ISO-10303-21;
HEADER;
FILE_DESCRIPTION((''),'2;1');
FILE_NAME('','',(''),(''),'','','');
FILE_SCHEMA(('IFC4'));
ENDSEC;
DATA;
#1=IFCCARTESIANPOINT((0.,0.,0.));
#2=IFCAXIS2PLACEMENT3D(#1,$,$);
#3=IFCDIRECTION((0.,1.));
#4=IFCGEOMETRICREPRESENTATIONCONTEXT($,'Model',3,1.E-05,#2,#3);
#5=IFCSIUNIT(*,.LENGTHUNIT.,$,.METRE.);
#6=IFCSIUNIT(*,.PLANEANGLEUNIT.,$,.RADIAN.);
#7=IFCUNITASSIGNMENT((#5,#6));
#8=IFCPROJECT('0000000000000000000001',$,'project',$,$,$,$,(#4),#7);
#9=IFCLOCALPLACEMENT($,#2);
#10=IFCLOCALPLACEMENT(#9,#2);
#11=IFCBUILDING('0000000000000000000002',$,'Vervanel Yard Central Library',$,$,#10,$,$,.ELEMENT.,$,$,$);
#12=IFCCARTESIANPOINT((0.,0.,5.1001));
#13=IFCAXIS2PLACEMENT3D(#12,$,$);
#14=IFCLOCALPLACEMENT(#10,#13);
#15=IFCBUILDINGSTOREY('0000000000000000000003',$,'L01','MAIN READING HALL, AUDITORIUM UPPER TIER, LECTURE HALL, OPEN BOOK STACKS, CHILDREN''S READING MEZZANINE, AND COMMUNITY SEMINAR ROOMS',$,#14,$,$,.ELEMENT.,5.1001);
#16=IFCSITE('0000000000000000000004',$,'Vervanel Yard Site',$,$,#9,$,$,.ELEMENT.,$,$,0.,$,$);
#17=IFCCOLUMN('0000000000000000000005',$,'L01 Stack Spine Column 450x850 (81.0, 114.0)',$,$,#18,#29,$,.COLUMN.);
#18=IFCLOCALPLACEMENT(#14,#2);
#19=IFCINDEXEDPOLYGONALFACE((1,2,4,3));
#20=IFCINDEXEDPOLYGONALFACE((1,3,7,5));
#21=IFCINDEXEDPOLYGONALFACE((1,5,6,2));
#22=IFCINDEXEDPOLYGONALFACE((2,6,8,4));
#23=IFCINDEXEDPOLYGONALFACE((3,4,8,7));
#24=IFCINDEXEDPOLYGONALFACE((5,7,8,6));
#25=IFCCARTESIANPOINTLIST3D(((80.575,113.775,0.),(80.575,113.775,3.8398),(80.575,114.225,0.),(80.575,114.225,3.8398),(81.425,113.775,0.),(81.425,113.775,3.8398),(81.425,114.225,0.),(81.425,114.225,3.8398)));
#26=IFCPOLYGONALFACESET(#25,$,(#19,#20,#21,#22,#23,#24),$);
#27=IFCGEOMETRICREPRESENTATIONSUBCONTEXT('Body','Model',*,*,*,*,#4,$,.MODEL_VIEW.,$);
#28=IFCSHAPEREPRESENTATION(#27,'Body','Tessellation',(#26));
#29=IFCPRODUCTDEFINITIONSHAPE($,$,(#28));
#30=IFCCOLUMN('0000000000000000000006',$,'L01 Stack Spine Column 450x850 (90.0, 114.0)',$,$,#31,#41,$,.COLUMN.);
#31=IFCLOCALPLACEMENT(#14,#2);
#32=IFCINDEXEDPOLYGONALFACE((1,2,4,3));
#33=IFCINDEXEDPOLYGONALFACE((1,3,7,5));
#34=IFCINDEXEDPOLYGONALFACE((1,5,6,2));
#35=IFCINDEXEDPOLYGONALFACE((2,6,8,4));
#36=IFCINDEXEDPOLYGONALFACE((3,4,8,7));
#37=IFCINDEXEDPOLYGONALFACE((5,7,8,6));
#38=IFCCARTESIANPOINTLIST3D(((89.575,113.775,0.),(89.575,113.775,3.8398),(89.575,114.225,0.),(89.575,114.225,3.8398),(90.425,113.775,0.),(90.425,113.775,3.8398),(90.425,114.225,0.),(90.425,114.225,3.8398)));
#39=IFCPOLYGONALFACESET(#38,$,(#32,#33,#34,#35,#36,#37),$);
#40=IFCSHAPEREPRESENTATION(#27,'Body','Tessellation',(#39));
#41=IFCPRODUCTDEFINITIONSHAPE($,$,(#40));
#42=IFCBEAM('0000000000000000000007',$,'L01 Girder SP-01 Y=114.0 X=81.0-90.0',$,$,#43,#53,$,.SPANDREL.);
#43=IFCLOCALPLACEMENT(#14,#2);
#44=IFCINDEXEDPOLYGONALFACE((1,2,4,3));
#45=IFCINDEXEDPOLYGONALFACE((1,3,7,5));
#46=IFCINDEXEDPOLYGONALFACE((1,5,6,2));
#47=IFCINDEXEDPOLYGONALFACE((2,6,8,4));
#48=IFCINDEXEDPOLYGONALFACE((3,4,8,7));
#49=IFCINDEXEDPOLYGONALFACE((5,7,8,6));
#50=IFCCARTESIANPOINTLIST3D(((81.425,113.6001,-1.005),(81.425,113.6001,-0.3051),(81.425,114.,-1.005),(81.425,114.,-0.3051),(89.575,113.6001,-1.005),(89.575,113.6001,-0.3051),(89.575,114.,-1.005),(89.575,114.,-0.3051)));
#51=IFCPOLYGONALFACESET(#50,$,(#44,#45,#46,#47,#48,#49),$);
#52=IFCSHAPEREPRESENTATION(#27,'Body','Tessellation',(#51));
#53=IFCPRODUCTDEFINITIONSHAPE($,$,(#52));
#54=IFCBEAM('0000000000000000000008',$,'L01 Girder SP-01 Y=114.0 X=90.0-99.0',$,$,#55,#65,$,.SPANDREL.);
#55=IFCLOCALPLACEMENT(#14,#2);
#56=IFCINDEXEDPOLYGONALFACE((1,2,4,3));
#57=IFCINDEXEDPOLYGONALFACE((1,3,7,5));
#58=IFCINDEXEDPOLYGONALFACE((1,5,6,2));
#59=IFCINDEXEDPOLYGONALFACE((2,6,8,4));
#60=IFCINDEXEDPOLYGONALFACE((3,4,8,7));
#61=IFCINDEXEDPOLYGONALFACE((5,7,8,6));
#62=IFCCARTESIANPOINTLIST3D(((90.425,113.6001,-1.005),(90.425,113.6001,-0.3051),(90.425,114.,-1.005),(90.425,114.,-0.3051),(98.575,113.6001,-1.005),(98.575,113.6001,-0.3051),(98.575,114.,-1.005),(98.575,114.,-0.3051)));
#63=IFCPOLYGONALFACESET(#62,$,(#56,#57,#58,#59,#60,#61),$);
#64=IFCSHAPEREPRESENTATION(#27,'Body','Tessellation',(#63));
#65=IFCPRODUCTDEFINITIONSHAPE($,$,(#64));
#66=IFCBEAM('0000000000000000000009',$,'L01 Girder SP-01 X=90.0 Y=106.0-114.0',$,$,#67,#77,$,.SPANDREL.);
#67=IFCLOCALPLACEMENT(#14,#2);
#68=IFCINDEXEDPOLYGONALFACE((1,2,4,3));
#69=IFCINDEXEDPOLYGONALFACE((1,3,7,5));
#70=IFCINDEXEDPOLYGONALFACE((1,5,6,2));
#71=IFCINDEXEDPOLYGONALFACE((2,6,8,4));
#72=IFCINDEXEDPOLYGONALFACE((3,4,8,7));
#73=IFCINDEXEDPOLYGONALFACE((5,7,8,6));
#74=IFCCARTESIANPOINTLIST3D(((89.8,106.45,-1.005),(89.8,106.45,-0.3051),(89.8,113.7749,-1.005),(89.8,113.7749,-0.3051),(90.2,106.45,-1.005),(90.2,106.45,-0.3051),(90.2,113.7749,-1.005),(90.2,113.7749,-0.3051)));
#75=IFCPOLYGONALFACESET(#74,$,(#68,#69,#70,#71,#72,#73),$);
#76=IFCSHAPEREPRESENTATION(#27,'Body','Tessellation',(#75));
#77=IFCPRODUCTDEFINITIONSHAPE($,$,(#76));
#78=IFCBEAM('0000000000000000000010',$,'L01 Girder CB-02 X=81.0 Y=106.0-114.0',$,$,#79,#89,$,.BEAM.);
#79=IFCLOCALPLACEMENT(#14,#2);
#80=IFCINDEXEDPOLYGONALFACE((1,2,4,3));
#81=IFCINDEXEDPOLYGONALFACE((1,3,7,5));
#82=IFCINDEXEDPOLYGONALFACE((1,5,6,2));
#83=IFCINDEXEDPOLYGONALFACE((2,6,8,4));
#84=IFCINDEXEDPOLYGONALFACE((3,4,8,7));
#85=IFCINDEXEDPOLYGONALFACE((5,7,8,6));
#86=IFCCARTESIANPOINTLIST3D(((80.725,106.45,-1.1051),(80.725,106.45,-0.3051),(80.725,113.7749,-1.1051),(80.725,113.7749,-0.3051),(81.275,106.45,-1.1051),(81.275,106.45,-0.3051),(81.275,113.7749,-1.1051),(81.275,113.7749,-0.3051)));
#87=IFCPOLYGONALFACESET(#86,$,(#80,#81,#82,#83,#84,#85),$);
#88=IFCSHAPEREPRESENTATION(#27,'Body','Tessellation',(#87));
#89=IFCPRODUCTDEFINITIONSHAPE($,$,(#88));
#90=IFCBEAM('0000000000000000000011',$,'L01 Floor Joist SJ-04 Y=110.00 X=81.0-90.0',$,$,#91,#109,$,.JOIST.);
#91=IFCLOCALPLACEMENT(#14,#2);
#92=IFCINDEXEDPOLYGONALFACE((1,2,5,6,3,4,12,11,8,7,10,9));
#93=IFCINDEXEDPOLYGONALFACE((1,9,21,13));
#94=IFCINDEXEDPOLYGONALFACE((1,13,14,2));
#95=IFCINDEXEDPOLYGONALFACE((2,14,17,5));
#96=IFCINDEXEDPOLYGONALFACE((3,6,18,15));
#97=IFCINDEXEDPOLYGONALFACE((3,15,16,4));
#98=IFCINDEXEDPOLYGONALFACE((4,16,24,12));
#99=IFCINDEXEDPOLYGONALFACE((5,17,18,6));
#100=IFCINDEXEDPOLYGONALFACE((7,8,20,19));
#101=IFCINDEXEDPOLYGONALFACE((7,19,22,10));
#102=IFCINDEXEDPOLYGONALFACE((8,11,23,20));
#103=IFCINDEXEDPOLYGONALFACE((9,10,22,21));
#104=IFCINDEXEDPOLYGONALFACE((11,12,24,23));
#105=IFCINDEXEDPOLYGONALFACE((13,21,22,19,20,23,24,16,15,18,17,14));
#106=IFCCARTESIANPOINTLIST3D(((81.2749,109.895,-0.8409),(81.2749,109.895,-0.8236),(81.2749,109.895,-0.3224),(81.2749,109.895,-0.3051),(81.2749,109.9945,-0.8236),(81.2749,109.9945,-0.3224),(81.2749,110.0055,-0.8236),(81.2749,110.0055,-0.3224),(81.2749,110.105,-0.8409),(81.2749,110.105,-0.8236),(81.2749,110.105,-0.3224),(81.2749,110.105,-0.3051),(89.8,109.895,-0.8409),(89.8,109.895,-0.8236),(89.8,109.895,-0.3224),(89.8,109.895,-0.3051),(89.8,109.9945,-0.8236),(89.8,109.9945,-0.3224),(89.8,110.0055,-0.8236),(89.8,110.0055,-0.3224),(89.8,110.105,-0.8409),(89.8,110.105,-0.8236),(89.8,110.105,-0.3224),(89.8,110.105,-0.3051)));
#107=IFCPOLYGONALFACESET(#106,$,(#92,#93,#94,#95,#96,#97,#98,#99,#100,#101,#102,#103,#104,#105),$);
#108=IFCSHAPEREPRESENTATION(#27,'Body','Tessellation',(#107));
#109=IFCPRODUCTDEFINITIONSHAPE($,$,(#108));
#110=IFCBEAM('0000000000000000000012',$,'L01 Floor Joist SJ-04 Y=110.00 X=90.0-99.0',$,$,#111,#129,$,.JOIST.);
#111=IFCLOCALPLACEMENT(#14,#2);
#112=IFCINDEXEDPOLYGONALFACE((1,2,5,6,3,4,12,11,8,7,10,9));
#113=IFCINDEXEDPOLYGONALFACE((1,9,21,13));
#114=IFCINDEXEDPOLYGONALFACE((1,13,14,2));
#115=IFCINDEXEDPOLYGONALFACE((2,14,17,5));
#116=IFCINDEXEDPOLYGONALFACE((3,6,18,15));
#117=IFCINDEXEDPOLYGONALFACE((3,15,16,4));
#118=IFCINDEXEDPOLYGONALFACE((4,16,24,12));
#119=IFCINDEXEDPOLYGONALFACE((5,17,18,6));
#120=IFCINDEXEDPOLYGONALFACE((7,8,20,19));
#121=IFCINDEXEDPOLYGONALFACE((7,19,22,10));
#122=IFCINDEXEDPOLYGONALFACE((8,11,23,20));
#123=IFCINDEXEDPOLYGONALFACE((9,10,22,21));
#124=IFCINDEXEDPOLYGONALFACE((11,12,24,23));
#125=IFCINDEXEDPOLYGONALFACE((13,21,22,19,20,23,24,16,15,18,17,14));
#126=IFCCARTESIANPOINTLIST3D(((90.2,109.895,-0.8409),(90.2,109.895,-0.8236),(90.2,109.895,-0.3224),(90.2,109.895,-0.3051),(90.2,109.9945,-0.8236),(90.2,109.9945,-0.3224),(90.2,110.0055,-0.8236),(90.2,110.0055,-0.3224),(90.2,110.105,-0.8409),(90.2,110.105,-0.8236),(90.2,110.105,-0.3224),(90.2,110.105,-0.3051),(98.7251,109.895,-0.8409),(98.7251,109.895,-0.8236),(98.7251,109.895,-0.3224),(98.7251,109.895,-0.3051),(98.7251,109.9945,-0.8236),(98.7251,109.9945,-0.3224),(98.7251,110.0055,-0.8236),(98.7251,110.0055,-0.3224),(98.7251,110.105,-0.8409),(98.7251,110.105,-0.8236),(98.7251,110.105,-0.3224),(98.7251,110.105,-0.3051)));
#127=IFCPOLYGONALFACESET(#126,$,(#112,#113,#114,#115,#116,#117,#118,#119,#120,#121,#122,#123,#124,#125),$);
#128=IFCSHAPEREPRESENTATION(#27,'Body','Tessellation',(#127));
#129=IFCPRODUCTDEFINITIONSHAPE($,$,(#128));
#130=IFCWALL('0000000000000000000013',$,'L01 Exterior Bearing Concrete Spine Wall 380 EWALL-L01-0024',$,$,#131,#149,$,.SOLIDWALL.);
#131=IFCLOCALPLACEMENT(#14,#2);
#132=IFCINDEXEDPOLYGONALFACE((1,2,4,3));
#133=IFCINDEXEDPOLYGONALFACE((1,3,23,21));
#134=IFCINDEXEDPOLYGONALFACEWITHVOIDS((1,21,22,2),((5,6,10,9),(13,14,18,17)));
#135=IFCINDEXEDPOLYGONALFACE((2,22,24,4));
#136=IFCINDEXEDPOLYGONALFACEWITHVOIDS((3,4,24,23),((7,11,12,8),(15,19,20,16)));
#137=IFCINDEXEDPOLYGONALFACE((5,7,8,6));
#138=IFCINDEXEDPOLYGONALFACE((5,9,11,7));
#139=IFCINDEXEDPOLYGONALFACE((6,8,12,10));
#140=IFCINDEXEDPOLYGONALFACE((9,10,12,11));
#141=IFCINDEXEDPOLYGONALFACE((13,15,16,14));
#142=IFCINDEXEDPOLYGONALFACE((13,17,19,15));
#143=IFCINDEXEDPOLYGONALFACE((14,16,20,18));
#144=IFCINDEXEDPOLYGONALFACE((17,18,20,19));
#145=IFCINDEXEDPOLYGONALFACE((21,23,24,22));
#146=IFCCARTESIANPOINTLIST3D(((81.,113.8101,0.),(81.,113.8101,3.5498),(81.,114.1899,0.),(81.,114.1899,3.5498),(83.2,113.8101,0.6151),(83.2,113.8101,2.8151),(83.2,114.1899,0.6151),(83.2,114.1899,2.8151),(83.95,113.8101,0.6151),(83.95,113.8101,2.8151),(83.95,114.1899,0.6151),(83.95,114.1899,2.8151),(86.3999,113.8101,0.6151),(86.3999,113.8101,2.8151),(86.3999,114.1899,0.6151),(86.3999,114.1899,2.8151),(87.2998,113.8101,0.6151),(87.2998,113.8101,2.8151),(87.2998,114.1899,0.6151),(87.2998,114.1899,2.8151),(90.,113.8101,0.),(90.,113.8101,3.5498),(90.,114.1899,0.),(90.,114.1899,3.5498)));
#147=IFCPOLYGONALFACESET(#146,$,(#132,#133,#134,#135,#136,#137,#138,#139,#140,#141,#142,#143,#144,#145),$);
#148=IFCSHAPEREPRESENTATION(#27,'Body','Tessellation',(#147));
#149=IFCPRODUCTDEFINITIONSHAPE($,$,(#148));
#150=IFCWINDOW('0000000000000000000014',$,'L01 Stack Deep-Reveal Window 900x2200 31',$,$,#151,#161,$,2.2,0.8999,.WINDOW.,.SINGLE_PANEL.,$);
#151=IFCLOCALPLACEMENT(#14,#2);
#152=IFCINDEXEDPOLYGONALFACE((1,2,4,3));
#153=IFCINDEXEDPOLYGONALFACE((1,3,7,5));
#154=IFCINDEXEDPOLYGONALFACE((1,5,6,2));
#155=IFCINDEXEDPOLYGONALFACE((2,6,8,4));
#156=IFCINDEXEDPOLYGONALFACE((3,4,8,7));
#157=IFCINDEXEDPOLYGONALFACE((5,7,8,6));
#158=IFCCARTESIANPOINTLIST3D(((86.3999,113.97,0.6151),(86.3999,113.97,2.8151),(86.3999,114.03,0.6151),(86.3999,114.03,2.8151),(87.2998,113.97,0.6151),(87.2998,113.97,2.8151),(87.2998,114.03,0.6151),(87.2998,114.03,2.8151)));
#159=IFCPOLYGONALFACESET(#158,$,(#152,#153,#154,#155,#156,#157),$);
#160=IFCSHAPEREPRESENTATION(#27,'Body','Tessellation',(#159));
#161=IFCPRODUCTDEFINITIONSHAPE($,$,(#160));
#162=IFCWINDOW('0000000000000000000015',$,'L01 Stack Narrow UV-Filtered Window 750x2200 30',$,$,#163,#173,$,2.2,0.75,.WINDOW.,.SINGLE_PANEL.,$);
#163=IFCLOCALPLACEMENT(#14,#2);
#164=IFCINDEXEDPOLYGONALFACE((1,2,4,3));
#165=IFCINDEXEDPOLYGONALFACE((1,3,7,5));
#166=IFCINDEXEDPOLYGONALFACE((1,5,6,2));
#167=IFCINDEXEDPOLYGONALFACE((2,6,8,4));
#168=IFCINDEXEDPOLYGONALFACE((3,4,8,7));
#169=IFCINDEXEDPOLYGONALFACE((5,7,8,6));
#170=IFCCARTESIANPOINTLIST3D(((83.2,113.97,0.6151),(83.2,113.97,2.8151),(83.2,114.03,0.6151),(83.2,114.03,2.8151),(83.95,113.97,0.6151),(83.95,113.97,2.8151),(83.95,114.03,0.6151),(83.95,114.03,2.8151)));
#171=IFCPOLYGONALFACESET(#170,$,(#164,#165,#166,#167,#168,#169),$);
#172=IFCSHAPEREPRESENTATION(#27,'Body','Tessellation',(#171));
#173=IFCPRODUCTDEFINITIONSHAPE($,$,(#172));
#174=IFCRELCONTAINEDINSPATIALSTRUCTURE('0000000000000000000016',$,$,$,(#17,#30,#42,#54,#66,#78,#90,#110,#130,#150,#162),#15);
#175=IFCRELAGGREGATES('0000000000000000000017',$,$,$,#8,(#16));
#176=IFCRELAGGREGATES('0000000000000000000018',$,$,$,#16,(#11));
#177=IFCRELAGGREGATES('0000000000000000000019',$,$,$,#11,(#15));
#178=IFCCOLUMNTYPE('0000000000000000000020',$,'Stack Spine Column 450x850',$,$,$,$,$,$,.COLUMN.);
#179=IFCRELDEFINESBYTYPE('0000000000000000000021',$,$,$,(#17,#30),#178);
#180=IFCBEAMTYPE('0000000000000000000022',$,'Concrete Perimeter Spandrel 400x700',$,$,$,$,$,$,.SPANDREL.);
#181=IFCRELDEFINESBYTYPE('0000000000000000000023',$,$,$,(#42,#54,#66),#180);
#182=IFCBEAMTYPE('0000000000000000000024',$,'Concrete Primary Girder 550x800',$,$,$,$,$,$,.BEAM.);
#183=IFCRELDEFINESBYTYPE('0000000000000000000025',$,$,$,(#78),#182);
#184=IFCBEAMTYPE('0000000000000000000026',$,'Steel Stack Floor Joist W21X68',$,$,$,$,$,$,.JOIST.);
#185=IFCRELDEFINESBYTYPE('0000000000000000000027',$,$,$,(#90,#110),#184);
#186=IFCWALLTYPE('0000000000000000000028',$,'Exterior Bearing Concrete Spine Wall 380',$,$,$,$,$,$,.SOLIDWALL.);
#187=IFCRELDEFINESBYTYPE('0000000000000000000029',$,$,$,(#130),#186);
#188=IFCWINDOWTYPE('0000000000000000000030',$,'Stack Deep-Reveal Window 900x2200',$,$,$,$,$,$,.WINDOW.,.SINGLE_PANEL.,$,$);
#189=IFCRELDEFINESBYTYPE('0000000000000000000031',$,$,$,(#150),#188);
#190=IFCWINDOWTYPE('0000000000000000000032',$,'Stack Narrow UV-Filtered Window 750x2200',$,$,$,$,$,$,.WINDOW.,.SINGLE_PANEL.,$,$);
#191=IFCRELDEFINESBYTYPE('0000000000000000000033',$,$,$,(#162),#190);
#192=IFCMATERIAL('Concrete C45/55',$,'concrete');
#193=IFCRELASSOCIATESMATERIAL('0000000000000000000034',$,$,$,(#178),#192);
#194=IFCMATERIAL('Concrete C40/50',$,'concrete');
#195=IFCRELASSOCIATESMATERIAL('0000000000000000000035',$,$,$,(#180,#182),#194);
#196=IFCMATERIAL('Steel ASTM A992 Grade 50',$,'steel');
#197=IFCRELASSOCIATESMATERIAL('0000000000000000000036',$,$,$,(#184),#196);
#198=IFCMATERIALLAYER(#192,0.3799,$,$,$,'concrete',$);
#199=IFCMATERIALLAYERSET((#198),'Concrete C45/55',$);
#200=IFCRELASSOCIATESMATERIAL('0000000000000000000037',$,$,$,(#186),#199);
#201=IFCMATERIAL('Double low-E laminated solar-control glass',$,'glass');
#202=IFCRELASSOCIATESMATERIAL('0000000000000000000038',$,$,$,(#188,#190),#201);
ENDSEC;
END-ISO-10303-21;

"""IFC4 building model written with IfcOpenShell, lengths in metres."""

from ifc_helpers import new_model, si_unit, direction, frame, frame_2d, origin, origin_2d, place, context, subcontext, project, spatial, rectangle, i_section, extrude, material, layer, layer_set, material_profile, profile_set, type_object, element, fill, save


model = new_model("IFC4")

# Units and contexts
model_context = context("Model", 3, precision=1e-05, world=origin(), true_north=direction((0.0, 1.0)))
body_context = subcontext(model_context, "Body", "Model", "MODEL_VIEW")
ifc_project = project(units=[si_unit("LENGTHUNIT", "METRE"), si_unit("PLANEANGLEUNIT", "RADIAN")], contexts=[model_context])

# Site, building, storey
site_placement = place(None, origin())
site = spatial("IfcSite", under=ifc_project, at=site_placement, Name="Vervanel Yard Site", CompositionType="ELEMENT", RefElevation=0.0)
building_placement = place(site_placement, origin())
building = spatial("IfcBuilding", under=site, at=building_placement, Name="Vervanel Yard Central Library", CompositionType="ELEMENT")
storey_placement = place(building_placement, frame((0.0, 0.0, 5.1001)))
storey = spatial("IfcBuildingStorey", under=building, at=storey_placement, Name="L01", Description="MAIN READING HALL, AUDITORIUM UPPER TIER, LECTURE HALL, OPEN BOOK STACKS, CHILDREN'S READING MEZZANINE, AND COMMUNITY SEMINAR ROOMS", CompositionType="ELEMENT", Elevation=5.1001)

# Columns
ifc_material_1 = material(Name="Concrete C45/55", Category="concrete")
ifc_material_profile_1 = material_profile(ifc_material_1, rectangle(XDim=0.45, YDim=0.8501, at=origin_2d()), Name="RC 450x850", Category="concrete")
ifc_profile_set_1 = profile_set([ifc_material_profile_1], Name="Concrete C45/55")
column_type = type_object("IfcColumnType", Name="Stack Spine Column 450x850", PredefinedType="COLUMN", material=ifc_profile_set_1)
for number, where, z_axis, x_axis, name in (
    (1, (81.0, 114.0, 0.0), (0.0, 0.0, 1.0), (0.0, 1.0, 0.0), "L01 Stack Spine Column 450x850 (81.0, 114.0)"),
    (2, (90.0, 114.0, 0.0), (0.0, 0.0, 1.0), (0.0, 1.0, 0.0), "L01 Stack Spine Column 450x850 (90.0, 114.0)"),
):
    element("IfcColumn", number, at=place(storey_placement, frame(where, z_axis=z_axis, x_axis=x_axis)), inside=storey, type_object=column_type, Name=name, PredefinedType="COLUMN", context=body_context, shape_type="SweptSolid", body=[
        extrude(rectangle(XDim=0.45, YDim=0.8501, at=origin_2d()), origin(), (0.0, 0.0, 1.0), 3.8398),
    ])

# Beams
ifc_material_2 = material(Name="Concrete C40/50", Category="concrete")
ifc_material_profile_2 = material_profile(ifc_material_2, rectangle(XDim=0.3999, YDim=0.7, at=origin_2d()), Name="RC 400x700", Category="concrete")
ifc_profile_set_2 = profile_set([ifc_material_profile_2], Name="Concrete C40/50")
beam_type_1 = type_object("IfcBeamType", Name="Concrete Perimeter Spandrel 400x700", PredefinedType="SPANDREL", material=ifc_profile_set_2)
for number, where, z_axis, x_axis, name in (
    (3, (81.425, 113.8, -0.655), (1.0, 0.0, 0.0), (0.0, 1.0, 0.0), "L01 Girder SP-01 Y=114.0 X=81.0-90.0"),
    (4, (90.425, 113.8, -0.655), (1.0, 0.0, 0.0), (0.0, 1.0, 0.0), "L01 Girder SP-01 Y=114.0 X=90.0-99.0"),
):
    element("IfcBeam", number, at=place(storey_placement, frame(where, z_axis=z_axis, x_axis=x_axis)), inside=storey, type_object=beam_type_1, Name=name, PredefinedType="SPANDREL", context=body_context, shape_type="SweptSolid", body=[
        extrude(rectangle(XDim=0.3999, YDim=0.7, at=origin_2d()), origin(), (0.0, 0.0, 1.0), 8.1499),
    ])
beam_1_placement = place(storey_placement, frame((90.0, 106.45, -0.655), z_axis=(0.0, 1.0, 0.0), x_axis=(-1.0, 0.0, 0.0)))
element("IfcBeam", 5, at=beam_1_placement, inside=storey, type_object=beam_type_1, Name="L01 Girder SP-01 X=90.0 Y=106.0-114.0", PredefinedType="SPANDREL", context=body_context, shape_type="SweptSolid", body=[
    extrude(rectangle(XDim=0.3999, YDim=0.7, at=origin_2d()), origin(), (0.0, 0.0, 1.0), 7.325),
])
ifc_material_profile_3 = material_profile(ifc_material_2, rectangle(XDim=0.55, YDim=0.8, at=origin_2d()), Name="RC 550x800", Category="concrete")
ifc_profile_set_3 = profile_set([ifc_material_profile_3], Name="Concrete C40/50")
beam_type_2 = type_object("IfcBeamType", Name="Concrete Primary Girder 550x800", PredefinedType="BEAM", material=ifc_profile_set_3)
beam_2_placement = place(storey_placement, frame((81.0, 106.45, -0.7051), z_axis=(0.0, 1.0, 0.0), x_axis=(-1.0, 0.0, 0.0)))
element("IfcBeam", 6, at=beam_2_placement, inside=storey, type_object=beam_type_2, Name="L01 Girder CB-02 X=81.0 Y=106.0-114.0", PredefinedType="BEAM", context=body_context, shape_type="SweptSolid", body=[
    extrude(rectangle(XDim=0.55, YDim=0.8, at=origin_2d()), origin(), (0.0, 0.0, 1.0), 7.325),
])
ifc_material_3 = material(Name="Steel ASTM A992 Grade 50", Category="steel")
ifc_material_profile_4 = material_profile(ifc_material_3, i_section(OverallWidth=0.21, OverallDepth=0.5359, WebThickness=0.011, FlangeThickness=0.0173, at=origin_2d()), Name="W21X68", Category="steel")
ifc_profile_set_4 = profile_set([ifc_material_profile_4], Name="Steel ASTM A992 Grade 50")
beam_type_3 = type_object("IfcBeamType", Name="Steel Stack Floor Joist W21X68", PredefinedType="JOIST", material=ifc_profile_set_4)
for number, where, z_axis, x_axis, name in (
    (7, (81.2749, 110.0, -0.573), (1.0, 0.0, 0.0), (0.0, 1.0, 0.0), "L01 Floor Joist SJ-04 Y=110.00 X=81.0-90.0"),
    (8, (90.2, 110.0, -0.573), (1.0, 0.0, 0.0), (0.0, 1.0, 0.0), "L01 Floor Joist SJ-04 Y=110.00 X=90.0-99.0"),
):
    element("IfcBeam", number, at=place(storey_placement, frame(where, z_axis=z_axis, x_axis=x_axis)), inside=storey, type_object=beam_type_3, Name=name, PredefinedType="JOIST", context=body_context, shape_type="SweptSolid", body=[
        extrude(i_section(OverallWidth=0.21, OverallDepth=0.5359, WebThickness=0.011, FlangeThickness=0.0173, at=origin_2d()), origin(), (0.0, 0.0, 1.0), 8.5251),
    ])

# Wall, openings, windows
ifc_layer_1 = layer(ifc_material_1, 0.3799, Category="concrete")
ifc_layer_set_1 = layer_set([ifc_layer_1], Name="Concrete C45/55")
wall_type = type_object("IfcWallType", Name="Exterior Bearing Concrete Spine Wall 380", PredefinedType="SOLIDWALL", material=ifc_layer_set_1)
wall_1_placement = place(storey_placement, frame((81.0, 114.0, 0.0), z_axis=(0.0, 0.0, 1.0), x_axis=(1.0, 0.0, 0.0)))
wall_1 = element("IfcWall", 9, at=wall_1_placement, inside=storey, type_object=wall_type, Name="L01 Exterior Bearing Concrete Spine Wall 380 EWALL-L01-0024", PredefinedType="SOLIDWALL", context=body_context, shape_type="SweptSolid", body=[
    extrude(rectangle(XDim=9.0, YDim=0.3799, at=frame_2d((4.5, 0.0))), origin(), (0.0, 0.0, 1.0), 3.5498),
])
opening_1_placement = place(wall_1_placement, frame((2.2, 0.0, 0.615)))
opening_1 = element("IfcOpeningElement", 10, at=opening_1_placement, cuts=wall_1, PredefinedType="OPENING", context=body_context, shape_type="SweptSolid", body=[
    extrude(rectangle(XDim=0.75, YDim=2.2, at=frame_2d((0.375, 1.1001))), frame((0.0, 0.2, 0.0), z_axis=(0.0, -1.0, 0.0), x_axis=(1.0, 0.0, 0.0)), (0.0, 0.0, 1.0), 0.3999),
])
opening_2_placement = place(wall_1_placement, frame((5.3999, 0.0, 0.615)))
opening_2 = element("IfcOpeningElement", 11, at=opening_2_placement, cuts=wall_1, PredefinedType="OPENING", context=body_context, shape_type="SweptSolid", body=[
    extrude(rectangle(XDim=0.8999, YDim=2.2, at=frame_2d((0.45, 1.1001))), frame((0.0, 0.2, 0.0), z_axis=(0.0, -1.0, 0.0), x_axis=(1.0, 0.0, 0.0)), (0.0, 0.0, 1.0), 0.3999),
])
ifc_material_4 = material(Name="Double low-E laminated solar-control glass", Category="glass")
window_type_1 = type_object("IfcWindowType", Name="Stack Deep-Reveal Window 900x2200", PartitioningType="SINGLE_PANEL", PredefinedType="WINDOW", material=ifc_material_4)
window_1_placement = place(opening_2_placement, origin())
window_1 = element("IfcWindow", 12, at=window_1_placement, inside=storey, type_object=window_type_1, Name="L01 Stack Deep-Reveal Window 900x2200 31", OverallHeight=2.2, OverallWidth=0.8999, PartitioningType="SINGLE_PANEL", PredefinedType="WINDOW", context=body_context, shape_type="SweptSolid", body=[
    extrude(rectangle(XDim=0.8999, YDim=2.2, at=frame_2d((0.45, 1.1001))), frame((0.0, 0.03, 0.0), z_axis=(0.0, -1.0, 0.0), x_axis=(1.0, 0.0, 0.0)), (0.0, 0.0, 1.0), 0.0601),
])
fill(opening_2, window_1)
window_type_2 = type_object("IfcWindowType", Name="Stack Narrow UV-Filtered Window 750x2200", PartitioningType="SINGLE_PANEL", PredefinedType="WINDOW", material=ifc_material_4)
window_2_placement = place(opening_1_placement, origin())
window_2 = element("IfcWindow", 13, at=window_2_placement, inside=storey, type_object=window_type_2, Name="L01 Stack Narrow UV-Filtered Window 750x2200 30", OverallHeight=2.2, OverallWidth=0.75, PartitioningType="SINGLE_PANEL", PredefinedType="WINDOW", context=body_context, shape_type="SweptSolid", body=[
    extrude(rectangle(XDim=0.75, YDim=2.2, at=frame_2d((0.375, 1.1001))), frame((0.0, 0.03, 0.0), z_axis=(0.0, -1.0, 0.0), x_axis=(1.0, 0.0, 0.0)), (0.0, 0.0, 1.0), 0.0601),
])
fill(opening_1, window_2)

save(model, "model.ifc")
